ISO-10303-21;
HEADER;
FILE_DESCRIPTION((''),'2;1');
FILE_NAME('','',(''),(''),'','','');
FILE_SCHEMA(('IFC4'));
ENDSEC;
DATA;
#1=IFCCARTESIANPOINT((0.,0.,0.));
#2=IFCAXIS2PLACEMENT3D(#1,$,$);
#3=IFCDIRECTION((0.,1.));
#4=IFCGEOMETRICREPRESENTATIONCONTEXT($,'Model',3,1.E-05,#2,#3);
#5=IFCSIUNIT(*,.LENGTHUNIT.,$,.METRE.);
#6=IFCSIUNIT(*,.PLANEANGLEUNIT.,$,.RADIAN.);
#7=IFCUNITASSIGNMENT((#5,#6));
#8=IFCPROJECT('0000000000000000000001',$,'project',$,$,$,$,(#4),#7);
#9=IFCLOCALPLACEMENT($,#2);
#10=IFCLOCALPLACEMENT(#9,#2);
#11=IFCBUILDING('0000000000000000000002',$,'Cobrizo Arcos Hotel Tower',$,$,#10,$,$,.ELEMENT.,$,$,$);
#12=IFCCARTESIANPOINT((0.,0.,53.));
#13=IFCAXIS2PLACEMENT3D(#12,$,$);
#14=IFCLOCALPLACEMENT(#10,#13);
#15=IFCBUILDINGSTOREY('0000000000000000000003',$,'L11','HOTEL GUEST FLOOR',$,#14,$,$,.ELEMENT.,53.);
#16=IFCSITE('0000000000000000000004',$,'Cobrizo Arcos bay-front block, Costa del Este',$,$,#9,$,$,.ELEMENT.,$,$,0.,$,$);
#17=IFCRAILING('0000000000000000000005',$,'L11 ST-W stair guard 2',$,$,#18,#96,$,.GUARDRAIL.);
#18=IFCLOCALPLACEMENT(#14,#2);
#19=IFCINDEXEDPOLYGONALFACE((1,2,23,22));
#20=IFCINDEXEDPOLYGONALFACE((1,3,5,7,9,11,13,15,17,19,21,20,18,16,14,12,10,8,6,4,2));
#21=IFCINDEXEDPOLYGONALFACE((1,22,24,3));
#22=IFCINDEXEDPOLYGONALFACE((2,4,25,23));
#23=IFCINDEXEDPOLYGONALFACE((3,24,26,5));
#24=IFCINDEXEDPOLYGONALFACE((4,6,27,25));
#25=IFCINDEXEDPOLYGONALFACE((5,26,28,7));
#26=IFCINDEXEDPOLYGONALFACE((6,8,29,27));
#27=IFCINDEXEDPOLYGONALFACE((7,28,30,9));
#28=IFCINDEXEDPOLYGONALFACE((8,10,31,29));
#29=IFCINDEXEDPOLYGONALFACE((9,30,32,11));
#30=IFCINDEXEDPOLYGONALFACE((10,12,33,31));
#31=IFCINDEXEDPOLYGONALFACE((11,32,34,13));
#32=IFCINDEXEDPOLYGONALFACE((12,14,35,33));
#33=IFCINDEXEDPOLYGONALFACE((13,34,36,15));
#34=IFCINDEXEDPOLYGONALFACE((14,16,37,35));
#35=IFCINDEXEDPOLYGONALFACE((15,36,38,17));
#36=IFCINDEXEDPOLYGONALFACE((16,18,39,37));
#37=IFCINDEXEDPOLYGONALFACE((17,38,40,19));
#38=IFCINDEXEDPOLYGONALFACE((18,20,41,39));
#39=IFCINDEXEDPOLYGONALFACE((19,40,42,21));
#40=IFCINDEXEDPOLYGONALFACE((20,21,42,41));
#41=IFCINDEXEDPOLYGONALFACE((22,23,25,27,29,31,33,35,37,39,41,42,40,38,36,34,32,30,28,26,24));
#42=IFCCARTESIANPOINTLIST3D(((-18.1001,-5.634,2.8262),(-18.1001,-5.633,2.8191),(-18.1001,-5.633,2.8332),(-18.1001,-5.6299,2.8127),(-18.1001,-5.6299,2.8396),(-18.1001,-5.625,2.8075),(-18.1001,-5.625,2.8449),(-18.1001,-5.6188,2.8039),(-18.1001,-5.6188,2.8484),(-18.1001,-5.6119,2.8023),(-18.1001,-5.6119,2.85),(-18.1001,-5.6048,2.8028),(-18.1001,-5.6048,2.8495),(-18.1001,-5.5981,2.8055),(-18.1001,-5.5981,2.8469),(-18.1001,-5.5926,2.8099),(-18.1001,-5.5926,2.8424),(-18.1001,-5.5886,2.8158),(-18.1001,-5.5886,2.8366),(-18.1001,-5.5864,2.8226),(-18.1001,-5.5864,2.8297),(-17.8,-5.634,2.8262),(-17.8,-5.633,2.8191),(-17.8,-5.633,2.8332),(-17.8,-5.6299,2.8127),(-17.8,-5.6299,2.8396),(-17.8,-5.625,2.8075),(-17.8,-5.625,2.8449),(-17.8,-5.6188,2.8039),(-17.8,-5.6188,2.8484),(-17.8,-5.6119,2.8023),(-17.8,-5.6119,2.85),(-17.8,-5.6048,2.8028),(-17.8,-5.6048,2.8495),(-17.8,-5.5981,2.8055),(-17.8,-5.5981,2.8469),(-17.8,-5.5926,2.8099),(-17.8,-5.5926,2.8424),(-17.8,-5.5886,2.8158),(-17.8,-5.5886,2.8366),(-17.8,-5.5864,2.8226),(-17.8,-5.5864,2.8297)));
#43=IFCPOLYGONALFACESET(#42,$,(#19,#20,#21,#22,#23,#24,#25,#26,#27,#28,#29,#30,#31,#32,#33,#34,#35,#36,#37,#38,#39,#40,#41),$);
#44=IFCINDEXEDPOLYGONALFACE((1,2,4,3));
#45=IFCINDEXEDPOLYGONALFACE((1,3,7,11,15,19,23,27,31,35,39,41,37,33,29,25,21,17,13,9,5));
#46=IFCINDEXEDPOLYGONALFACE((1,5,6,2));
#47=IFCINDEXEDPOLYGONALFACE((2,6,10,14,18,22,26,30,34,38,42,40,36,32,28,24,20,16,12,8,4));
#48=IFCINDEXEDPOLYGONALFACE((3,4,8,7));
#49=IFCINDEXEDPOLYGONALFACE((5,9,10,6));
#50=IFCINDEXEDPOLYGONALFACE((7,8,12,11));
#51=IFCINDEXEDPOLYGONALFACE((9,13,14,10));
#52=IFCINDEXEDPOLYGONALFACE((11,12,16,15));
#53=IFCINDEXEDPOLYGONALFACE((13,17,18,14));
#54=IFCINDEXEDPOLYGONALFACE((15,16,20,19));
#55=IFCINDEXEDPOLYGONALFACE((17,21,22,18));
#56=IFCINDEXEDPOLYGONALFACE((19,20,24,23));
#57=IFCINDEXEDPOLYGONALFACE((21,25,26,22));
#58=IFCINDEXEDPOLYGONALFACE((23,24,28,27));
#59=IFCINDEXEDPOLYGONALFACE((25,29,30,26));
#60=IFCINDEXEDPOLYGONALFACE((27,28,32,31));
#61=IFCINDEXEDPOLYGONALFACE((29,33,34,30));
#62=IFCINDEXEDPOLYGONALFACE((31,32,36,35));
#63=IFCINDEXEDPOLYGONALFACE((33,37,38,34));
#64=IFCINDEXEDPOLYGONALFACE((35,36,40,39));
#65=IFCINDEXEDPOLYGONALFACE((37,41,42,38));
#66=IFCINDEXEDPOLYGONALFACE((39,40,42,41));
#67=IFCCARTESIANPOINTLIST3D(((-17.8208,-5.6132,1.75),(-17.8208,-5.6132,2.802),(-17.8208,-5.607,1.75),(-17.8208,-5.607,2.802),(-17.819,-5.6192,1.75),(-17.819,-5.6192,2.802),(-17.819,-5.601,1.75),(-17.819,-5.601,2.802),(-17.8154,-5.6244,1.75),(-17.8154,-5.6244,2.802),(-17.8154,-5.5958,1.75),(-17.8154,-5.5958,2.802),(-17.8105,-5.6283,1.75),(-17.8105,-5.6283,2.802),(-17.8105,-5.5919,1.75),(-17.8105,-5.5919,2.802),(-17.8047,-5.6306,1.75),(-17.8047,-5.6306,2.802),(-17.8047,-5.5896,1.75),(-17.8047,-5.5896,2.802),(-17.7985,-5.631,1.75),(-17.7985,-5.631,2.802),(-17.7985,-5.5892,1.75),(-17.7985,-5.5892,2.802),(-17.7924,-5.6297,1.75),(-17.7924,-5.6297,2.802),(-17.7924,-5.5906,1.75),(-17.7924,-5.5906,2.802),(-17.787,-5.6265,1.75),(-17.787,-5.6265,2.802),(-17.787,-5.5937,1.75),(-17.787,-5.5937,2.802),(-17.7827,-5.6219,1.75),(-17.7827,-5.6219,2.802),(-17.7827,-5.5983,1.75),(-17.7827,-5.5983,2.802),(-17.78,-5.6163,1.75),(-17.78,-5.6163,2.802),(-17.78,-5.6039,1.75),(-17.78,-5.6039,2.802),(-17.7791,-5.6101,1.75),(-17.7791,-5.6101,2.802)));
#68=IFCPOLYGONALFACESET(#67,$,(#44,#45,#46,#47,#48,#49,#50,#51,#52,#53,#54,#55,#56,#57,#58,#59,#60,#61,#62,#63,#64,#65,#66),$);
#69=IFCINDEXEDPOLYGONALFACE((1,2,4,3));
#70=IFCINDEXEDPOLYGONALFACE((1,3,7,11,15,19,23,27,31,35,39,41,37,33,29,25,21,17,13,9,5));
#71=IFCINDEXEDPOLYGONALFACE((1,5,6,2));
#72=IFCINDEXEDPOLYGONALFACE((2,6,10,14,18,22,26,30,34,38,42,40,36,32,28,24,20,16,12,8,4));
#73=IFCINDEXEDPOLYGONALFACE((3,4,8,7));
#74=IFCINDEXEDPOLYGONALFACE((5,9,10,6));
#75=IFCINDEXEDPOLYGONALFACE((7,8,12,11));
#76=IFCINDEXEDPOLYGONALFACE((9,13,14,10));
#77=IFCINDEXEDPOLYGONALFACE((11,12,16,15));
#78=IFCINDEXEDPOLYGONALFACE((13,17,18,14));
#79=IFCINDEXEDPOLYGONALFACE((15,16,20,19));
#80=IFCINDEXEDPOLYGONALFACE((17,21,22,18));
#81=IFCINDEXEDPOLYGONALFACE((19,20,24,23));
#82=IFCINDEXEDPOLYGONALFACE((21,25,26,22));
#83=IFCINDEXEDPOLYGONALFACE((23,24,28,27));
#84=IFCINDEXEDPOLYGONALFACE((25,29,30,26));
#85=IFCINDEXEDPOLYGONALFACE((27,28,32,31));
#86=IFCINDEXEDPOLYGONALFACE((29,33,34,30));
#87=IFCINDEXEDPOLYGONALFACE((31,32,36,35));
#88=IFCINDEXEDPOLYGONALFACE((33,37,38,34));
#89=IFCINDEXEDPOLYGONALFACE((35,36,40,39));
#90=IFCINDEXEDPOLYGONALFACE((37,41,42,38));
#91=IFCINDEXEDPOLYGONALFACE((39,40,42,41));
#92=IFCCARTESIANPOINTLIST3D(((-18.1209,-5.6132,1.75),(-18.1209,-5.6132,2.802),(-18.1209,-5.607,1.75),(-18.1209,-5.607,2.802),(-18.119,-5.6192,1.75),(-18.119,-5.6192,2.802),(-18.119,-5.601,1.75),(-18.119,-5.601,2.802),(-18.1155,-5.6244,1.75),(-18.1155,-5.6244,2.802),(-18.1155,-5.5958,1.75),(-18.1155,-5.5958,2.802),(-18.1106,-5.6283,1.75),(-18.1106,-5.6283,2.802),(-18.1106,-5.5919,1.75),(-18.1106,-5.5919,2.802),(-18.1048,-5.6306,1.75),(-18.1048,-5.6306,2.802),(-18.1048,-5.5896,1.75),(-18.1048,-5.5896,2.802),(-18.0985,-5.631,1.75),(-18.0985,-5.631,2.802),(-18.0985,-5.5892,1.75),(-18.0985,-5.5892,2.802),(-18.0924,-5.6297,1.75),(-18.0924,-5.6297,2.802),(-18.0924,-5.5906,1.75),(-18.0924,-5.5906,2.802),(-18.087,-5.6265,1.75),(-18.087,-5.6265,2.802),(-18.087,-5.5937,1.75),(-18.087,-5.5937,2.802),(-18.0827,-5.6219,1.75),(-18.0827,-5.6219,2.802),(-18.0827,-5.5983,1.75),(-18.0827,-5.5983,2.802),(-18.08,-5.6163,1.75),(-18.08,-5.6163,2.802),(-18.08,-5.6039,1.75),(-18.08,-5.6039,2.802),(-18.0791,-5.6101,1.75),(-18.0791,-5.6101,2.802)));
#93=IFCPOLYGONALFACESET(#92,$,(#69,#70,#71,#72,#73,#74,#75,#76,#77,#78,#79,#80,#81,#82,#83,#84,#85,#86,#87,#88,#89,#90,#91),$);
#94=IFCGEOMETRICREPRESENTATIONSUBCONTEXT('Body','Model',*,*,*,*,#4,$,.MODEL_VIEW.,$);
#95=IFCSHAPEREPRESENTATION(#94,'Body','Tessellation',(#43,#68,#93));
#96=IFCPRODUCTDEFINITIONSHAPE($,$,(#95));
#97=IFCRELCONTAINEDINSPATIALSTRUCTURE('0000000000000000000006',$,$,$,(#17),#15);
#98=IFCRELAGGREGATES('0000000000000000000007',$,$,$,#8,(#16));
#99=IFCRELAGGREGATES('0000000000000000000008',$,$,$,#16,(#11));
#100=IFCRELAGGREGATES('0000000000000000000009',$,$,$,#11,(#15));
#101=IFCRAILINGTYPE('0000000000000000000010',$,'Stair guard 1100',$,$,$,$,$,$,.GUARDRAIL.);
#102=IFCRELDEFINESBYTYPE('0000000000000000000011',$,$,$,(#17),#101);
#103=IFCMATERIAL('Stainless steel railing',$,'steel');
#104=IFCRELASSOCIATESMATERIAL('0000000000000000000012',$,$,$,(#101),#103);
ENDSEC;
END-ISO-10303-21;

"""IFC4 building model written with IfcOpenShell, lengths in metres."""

from ifc_helpers import new_model, si_unit, direction, frame, origin, origin_2d, place, context, subcontext, project, spatial, circle, extrude, material, type_object, element, save


model = new_model("IFC4")

# Units and contexts
model_context = context("Model", 3, precision=1e-05, world=origin(), true_north=direction((0.0, 1.0)))
body_context = subcontext(model_context, "Body", "Model", "MODEL_VIEW")
ifc_project = project(units=[si_unit("LENGTHUNIT", "METRE"), si_unit("PLANEANGLEUNIT", "RADIAN")], contexts=[model_context])

# Site, building, storey
site_placement = place(None, origin())
site = spatial("IfcSite", under=ifc_project, at=site_placement, Name="Cobrizo Arcos bay-front block, Costa del Este", CompositionType="ELEMENT", RefElevation=0.0)
building_placement = place(site_placement, origin())
building = spatial("IfcBuilding", under=site, at=building_placement, Name="Cobrizo Arcos Hotel Tower", CompositionType="ELEMENT")
storey_placement = place(building_placement, frame((0.0, 0.0, 53.0)))
storey = spatial("IfcBuildingStorey", under=building, at=storey_placement, Name="L11", Description="HOTEL GUEST FLOOR", CompositionType="ELEMENT", Elevation=53.0)

# Railing
ifc_material_1 = material(Name="Stainless steel railing", Category="steel")
railing_type_1 = type_object("IfcRailingType", Name="Stair guard 1100", PredefinedType="GUARDRAIL", material=ifc_material_1)
railing_1_placement = place(storey_placement, frame((-17.8, -5.6101, 1.75)))
element("IfcRailing", 1, at=railing_1_placement, inside=storey, type_object=railing_type_1, Name="L11 ST-W stair guard 2", PredefinedType="GUARDRAIL", context=body_context, shape_type="SweptSolid", body=[
    extrude(circle(Radius=0.0239, at=origin_2d()), frame((0.0, 0.0, 1.0762), z_axis=(-1.0, 0.0, 0.0), x_axis=(0.0, -1.0, 0.0)), (0.0, 0.0, 1.0), 0.3),
    extrude(circle(Radius=0.021, at=origin_2d()), origin(), (0.0, 0.0, 1.0), 1.052),
    extrude(circle(Radius=0.021, at=origin_2d()), frame((-0.3, 0.0, 0.0)), (0.0, 0.0, 1.0), 1.052),
])

save(model, "model.ifc")
